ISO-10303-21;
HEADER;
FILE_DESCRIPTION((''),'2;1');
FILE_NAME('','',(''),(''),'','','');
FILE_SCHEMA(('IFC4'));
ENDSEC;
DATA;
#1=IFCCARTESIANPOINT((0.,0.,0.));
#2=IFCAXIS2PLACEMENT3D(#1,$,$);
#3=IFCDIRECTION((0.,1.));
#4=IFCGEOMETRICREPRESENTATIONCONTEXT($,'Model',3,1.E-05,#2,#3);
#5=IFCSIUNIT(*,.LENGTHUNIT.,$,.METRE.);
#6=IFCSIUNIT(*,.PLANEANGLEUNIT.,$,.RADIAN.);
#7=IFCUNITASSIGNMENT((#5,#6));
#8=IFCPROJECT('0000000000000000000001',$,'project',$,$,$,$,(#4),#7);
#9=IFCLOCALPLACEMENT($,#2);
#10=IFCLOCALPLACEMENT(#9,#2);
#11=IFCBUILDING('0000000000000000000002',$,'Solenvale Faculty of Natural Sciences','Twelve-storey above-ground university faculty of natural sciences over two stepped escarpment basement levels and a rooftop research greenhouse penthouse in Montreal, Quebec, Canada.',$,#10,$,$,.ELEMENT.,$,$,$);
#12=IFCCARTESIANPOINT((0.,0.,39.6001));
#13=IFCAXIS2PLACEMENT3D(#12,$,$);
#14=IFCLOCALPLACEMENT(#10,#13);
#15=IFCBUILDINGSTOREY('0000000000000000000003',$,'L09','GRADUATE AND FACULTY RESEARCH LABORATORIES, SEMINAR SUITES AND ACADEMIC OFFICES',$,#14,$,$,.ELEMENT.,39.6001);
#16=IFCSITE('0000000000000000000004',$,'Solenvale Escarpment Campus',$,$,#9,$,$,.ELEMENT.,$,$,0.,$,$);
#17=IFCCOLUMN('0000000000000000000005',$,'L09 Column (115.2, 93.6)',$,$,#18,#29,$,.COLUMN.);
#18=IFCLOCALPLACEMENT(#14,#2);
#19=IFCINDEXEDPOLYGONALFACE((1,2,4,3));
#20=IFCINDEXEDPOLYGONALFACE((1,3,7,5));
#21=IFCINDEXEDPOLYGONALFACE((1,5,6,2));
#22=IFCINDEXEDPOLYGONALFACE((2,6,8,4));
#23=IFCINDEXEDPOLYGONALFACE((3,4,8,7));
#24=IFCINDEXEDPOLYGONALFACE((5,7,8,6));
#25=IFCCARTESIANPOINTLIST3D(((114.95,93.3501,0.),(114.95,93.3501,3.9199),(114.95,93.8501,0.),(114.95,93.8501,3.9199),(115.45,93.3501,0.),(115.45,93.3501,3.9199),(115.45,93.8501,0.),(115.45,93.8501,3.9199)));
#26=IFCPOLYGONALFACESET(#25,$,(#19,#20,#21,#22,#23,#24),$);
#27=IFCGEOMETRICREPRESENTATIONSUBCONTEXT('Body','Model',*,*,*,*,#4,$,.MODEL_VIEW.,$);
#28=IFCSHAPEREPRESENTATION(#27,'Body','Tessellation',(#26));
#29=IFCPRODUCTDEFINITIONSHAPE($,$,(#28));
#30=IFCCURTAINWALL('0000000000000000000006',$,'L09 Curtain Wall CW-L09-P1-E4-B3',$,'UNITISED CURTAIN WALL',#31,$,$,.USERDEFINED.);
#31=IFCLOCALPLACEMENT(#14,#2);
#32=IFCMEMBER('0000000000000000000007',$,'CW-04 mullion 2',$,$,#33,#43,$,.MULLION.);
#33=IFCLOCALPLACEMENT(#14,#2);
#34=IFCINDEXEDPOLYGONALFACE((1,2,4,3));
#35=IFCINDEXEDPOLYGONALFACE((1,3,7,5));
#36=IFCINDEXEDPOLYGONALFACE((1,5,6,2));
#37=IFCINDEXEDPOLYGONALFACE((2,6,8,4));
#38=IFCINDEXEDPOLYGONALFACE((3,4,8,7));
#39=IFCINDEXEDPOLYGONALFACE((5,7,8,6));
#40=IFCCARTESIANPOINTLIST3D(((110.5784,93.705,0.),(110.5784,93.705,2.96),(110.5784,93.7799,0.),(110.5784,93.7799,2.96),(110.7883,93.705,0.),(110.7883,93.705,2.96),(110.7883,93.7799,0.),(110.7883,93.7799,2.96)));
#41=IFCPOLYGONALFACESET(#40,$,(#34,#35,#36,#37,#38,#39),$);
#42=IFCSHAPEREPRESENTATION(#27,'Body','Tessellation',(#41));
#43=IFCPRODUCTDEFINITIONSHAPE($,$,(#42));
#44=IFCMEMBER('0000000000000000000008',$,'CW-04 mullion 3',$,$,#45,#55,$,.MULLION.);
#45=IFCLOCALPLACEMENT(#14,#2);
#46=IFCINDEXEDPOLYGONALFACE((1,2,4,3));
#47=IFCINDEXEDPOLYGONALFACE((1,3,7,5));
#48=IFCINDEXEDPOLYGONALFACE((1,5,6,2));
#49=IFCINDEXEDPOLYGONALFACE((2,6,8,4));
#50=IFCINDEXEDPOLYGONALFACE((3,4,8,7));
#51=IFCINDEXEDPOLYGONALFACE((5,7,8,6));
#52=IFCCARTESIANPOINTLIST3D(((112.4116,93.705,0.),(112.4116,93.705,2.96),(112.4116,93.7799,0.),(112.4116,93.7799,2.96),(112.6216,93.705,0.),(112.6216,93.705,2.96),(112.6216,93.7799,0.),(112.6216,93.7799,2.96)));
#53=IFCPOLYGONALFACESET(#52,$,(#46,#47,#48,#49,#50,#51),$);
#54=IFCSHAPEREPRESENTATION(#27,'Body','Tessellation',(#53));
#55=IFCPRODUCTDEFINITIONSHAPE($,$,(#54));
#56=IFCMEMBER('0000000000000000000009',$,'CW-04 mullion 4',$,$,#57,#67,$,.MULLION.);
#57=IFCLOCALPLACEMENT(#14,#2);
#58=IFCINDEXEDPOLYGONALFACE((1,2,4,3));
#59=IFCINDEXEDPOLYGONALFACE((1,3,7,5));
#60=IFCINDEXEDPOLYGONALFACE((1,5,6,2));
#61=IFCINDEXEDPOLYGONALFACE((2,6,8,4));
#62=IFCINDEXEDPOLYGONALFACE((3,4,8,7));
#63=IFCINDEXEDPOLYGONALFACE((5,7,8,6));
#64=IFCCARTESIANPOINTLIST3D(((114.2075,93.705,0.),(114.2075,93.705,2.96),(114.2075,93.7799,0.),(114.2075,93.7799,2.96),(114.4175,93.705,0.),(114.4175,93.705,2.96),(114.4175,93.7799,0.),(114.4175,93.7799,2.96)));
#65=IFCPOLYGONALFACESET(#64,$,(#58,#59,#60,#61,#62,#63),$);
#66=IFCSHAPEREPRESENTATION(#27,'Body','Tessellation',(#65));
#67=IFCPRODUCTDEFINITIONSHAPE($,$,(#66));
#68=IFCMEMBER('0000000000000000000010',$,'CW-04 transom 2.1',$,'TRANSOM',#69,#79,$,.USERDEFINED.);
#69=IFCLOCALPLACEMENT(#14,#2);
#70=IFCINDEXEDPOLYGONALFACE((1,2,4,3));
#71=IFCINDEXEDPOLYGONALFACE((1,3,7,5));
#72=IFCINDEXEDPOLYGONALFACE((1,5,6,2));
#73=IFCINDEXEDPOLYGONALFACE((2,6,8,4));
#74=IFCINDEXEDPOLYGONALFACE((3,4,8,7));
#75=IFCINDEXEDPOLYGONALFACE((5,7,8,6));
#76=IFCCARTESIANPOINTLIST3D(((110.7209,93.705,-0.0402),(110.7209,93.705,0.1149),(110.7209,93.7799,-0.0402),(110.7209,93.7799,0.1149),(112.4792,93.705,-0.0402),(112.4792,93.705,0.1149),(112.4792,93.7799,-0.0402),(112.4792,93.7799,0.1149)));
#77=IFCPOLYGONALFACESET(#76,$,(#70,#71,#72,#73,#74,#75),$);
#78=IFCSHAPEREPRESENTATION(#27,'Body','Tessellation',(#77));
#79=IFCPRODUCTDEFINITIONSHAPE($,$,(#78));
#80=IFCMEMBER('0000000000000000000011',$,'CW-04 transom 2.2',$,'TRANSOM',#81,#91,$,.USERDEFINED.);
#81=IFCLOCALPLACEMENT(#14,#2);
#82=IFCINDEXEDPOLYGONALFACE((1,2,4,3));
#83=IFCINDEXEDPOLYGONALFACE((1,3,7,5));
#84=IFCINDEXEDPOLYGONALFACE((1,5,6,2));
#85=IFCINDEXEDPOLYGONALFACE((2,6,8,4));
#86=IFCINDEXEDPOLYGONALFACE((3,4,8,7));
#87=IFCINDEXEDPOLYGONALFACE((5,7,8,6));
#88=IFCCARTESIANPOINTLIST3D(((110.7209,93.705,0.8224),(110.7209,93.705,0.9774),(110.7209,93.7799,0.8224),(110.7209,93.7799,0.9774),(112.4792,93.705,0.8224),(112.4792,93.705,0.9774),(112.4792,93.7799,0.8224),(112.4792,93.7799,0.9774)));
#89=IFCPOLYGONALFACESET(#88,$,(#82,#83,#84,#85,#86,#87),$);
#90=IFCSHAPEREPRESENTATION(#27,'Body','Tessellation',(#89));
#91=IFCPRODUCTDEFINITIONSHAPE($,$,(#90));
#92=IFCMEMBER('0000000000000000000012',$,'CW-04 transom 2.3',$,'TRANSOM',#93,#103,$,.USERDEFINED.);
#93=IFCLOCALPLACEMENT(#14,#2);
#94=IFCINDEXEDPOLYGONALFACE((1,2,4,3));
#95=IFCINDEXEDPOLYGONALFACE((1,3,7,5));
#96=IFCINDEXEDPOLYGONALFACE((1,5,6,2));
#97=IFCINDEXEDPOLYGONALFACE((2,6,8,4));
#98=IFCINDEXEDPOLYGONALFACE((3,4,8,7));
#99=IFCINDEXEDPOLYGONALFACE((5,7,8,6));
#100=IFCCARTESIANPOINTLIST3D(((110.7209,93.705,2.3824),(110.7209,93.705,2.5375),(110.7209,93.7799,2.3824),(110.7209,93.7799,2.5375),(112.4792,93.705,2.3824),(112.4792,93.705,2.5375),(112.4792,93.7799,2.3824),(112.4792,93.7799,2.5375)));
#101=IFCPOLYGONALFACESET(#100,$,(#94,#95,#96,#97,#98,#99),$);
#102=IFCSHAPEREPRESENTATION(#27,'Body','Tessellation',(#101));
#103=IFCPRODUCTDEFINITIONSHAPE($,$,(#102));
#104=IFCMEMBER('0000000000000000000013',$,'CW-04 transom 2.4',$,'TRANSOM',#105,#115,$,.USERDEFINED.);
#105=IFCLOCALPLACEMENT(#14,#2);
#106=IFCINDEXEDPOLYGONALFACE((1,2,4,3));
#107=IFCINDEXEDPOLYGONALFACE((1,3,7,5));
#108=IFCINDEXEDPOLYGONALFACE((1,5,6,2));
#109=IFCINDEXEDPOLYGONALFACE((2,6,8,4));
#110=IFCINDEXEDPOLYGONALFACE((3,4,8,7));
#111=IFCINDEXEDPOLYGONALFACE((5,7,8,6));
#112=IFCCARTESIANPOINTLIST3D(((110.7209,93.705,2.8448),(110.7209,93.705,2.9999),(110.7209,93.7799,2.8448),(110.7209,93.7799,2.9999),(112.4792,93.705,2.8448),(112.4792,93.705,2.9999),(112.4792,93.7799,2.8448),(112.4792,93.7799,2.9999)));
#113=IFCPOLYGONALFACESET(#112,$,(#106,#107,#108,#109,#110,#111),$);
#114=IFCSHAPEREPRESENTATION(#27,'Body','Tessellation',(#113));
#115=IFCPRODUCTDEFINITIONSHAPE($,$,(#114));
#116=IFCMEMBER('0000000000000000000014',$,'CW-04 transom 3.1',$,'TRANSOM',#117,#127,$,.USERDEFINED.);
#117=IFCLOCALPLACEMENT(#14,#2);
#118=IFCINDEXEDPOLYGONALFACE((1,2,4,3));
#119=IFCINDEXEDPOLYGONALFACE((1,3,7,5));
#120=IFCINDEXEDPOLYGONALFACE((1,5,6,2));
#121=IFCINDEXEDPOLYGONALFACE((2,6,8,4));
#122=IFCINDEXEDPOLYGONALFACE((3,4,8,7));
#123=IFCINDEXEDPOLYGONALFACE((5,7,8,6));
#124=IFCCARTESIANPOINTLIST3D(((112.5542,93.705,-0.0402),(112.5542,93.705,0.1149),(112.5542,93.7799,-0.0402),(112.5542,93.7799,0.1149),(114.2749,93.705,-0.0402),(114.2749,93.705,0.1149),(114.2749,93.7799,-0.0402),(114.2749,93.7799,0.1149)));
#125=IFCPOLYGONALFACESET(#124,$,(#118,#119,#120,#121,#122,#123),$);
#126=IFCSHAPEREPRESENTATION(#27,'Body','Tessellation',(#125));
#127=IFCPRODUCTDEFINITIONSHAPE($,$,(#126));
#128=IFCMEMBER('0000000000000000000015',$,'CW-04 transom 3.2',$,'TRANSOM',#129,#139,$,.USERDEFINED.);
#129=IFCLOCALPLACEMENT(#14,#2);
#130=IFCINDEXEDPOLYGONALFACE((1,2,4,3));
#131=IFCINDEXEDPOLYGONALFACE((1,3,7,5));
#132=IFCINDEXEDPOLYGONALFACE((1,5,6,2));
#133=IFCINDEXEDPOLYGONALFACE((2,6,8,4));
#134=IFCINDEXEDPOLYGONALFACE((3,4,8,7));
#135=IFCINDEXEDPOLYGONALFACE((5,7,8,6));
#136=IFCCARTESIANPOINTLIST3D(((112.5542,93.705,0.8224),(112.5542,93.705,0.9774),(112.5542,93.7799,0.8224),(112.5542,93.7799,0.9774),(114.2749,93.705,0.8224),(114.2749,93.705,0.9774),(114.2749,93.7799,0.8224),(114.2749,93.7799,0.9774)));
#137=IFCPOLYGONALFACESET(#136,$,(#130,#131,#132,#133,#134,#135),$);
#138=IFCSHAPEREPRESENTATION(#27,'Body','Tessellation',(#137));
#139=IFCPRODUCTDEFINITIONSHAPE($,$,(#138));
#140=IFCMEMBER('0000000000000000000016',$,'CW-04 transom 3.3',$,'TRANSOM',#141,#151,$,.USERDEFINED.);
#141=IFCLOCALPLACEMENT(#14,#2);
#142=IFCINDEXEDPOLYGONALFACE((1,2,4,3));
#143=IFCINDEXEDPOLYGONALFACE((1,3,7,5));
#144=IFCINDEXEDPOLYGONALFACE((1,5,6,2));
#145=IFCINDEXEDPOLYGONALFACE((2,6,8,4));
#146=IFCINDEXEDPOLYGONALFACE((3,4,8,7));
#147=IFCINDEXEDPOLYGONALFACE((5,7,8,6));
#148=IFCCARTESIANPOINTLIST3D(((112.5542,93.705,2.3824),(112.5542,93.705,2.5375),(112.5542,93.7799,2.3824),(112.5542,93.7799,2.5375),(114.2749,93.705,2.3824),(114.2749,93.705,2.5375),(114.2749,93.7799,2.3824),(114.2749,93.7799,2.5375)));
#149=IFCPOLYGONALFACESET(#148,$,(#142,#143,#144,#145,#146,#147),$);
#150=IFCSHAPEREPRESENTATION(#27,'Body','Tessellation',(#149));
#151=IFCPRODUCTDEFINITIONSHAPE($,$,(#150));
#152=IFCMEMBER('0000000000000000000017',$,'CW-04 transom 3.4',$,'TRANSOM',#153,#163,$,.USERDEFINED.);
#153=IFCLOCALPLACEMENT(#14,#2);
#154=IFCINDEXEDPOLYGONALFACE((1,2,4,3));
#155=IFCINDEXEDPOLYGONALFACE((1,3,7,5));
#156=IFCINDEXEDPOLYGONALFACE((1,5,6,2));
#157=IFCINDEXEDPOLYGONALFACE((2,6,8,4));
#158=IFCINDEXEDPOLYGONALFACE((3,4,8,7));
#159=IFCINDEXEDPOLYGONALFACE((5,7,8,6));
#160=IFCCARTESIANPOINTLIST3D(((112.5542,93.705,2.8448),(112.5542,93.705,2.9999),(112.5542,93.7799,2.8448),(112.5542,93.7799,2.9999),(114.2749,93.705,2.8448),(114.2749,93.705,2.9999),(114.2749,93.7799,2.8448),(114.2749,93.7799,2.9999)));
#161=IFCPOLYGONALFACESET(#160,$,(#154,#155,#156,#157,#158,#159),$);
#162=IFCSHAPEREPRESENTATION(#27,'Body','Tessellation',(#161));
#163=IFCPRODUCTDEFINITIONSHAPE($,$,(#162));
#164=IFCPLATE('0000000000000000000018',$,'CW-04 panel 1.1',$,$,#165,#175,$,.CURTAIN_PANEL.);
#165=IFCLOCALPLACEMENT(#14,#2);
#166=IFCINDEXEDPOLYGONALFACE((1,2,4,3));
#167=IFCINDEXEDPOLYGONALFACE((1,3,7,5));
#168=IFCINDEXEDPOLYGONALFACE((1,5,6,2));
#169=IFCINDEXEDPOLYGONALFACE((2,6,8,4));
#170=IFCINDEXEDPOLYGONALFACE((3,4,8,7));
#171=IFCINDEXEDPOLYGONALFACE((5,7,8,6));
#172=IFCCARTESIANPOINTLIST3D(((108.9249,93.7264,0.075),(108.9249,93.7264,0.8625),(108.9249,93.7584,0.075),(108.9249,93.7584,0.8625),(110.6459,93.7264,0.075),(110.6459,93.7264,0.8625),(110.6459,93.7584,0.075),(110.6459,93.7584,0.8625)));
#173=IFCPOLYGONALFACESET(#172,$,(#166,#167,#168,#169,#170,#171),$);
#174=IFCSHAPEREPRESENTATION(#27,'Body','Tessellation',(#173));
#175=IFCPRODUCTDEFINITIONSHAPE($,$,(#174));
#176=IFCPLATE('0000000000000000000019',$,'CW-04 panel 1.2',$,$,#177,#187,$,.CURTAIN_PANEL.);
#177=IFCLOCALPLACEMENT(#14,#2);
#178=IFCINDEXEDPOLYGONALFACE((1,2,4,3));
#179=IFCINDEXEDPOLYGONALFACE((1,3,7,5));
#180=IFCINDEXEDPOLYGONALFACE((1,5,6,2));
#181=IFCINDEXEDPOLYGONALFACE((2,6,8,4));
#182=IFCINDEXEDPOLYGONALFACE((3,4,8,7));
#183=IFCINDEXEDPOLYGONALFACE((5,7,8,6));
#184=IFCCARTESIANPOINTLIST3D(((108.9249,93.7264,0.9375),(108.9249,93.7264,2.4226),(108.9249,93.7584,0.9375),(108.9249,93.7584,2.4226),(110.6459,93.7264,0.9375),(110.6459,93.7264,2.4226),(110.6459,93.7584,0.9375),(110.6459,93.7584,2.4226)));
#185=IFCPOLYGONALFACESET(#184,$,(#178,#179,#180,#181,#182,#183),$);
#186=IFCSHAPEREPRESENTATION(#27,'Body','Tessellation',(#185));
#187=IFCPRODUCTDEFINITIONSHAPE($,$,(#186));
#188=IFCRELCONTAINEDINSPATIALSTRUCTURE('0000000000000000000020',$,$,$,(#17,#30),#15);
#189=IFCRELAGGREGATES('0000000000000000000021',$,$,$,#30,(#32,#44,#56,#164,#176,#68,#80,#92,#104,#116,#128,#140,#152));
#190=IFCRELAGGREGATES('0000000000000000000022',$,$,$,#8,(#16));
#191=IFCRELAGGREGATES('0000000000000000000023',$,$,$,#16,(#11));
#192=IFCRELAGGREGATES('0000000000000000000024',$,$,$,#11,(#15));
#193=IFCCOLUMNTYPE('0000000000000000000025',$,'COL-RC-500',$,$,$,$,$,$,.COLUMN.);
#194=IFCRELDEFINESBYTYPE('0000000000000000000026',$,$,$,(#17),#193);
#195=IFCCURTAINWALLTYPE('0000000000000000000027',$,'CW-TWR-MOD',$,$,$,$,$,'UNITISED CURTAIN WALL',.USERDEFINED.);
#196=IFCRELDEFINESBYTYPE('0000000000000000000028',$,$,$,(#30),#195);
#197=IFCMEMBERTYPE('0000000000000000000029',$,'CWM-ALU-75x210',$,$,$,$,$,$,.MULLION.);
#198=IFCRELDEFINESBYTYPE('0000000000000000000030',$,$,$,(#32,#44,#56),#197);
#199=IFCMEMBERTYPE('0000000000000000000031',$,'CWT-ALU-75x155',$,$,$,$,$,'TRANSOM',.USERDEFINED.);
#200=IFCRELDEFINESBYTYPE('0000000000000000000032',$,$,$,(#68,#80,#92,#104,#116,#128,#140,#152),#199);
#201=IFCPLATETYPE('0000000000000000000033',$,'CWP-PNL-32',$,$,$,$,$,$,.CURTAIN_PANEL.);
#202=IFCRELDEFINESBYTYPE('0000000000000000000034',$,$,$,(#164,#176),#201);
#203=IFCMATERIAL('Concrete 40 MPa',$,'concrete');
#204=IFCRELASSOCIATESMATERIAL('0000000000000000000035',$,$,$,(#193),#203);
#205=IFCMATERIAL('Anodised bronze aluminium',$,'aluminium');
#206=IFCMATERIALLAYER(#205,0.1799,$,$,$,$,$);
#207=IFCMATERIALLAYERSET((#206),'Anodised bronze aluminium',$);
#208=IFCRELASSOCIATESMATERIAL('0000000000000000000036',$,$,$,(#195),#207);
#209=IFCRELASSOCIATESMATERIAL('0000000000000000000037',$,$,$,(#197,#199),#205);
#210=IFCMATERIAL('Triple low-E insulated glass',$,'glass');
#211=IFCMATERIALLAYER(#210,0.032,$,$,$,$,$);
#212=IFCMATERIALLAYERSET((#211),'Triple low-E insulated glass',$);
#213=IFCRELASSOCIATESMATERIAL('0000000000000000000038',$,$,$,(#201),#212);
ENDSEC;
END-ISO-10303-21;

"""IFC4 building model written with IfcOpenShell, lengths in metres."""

from ifc_helpers import new_model, si_unit, direction, frame, origin, origin_2d, place, context, subcontext, project, spatial, rectangle, extrude, material, layer, layer_set, material_profile, profile_set, type_object, element, aggregate, save


model = new_model("IFC4")

# Units and contexts
model_context = context("Model", 3, precision=1e-05, world=origin(), true_north=direction((0.0, 1.0)))
body_context = subcontext(model_context, "Body", "Model", "MODEL_VIEW")
ifc_project = project(units=[si_unit("LENGTHUNIT", "METRE"), si_unit("PLANEANGLEUNIT", "RADIAN")], contexts=[model_context])

# Site, building, storey
site_placement = place(None, origin())
site = spatial("IfcSite", under=ifc_project, at=site_placement, Name="Solenvale Escarpment Campus", CompositionType="ELEMENT", RefElevation=0.0)
building_placement = place(site_placement, origin())
building = spatial("IfcBuilding", under=site, at=building_placement, Name="Solenvale Faculty of Natural Sciences", Description="Twelve-storey above-ground university faculty of natural sciences over two stepped escarpment basement levels and a rooftop research greenhouse penthouse in Montreal, Quebec, Canada.", CompositionType="ELEMENT")
storey_placement = place(building_placement, frame((0.0, 0.0, 39.6001)))
storey = spatial("IfcBuildingStorey", under=building, at=storey_placement, Name="L09", Description="GRADUATE AND FACULTY RESEARCH LABORATORIES, SEMINAR SUITES AND ACADEMIC OFFICES", CompositionType="ELEMENT", Elevation=39.6001)

# Column
ifc_material_1 = material(Name="Concrete 40 MPa", Category="concrete")
ifc_material_profile_1 = material_profile(ifc_material_1, rectangle(XDim=0.5, YDim=0.5, at=origin_2d()), Name="RC-COL-500x500")
ifc_profile_set_1 = profile_set([ifc_material_profile_1], Name="Concrete 40 MPa")
column_type = type_object("IfcColumnType", Name="COL-RC-500", PredefinedType="COLUMN", material=ifc_profile_set_1)
column_placement = place(storey_placement, frame((115.2, 93.6001, 0.0), z_axis=(0.0, 0.0, 1.0), x_axis=(1.0, 0.0, 0.0)))
element("IfcColumn", 1, at=column_placement, inside=storey, type_object=column_type, Name="L09 Column (115.2, 93.6)", PredefinedType="COLUMN", context=body_context, shape_type="SweptSolid", body=[
    extrude(rectangle(XDim=0.5, YDim=0.5, at=origin_2d()), origin(), (0.0, 0.0, 1.0), 3.9199),
])

# Curtain wall, members, plates
ifc_material_2 = material(Name="Anodised bronze aluminium", Category="aluminium")
ifc_layer_1 = layer(ifc_material_2, 0.1799)
ifc_layer_set_1 = layer_set([ifc_layer_1], Name="Anodised bronze aluminium")
curtain_wall_type = type_object("IfcCurtainWallType", Name="CW-TWR-MOD", ElementType="UNITISED CURTAIN WALL", PredefinedType="USERDEFINED", material=ifc_layer_set_1)
curtain_wall_placement = place(storey_placement, origin())
curtain_wall = element("IfcCurtainWall", 2, at=curtain_wall_placement, inside=storey, type_object=curtain_wall_type, Name="L09 Curtain Wall CW-L09-P1-E4-B3", ObjectType="UNITISED CURTAIN WALL", PredefinedType="USERDEFINED")
ifc_material_profile_2 = material_profile(ifc_material_2, rectangle(XDim=0.075, YDim=0.21, at=origin_2d()), Name="ALU-MUL-75x210")
ifc_profile_set_2 = profile_set([ifc_material_profile_2], Name="Anodised bronze aluminium")
member_type_1 = type_object("IfcMemberType", Name="CWM-ALU-75x210", PredefinedType="MULLION", material=ifc_profile_set_2)
member_1_placement = place(storey_placement, frame((110.6833, 93.7424, 0.0), z_axis=(0.0, 0.0, 1.0), x_axis=(0.0, 1.0, 0.0)))
member_1 = element("IfcMember", 3, at=member_1_placement, type_object=member_type_1, Name="CW-04 mullion 2", PredefinedType="MULLION", context=body_context, shape_type="SweptSolid", body=[
    extrude(rectangle(XDim=0.075, YDim=0.21, at=origin_2d()), origin(), (0.0, 0.0, 1.0), 2.96),
])
member_2_placement = place(storey_placement, frame((112.5166, 93.7424, 0.0), z_axis=(0.0, 0.0, 1.0), x_axis=(0.0, 1.0, 0.0)))
member_2 = element("IfcMember", 4, at=member_2_placement, type_object=member_type_1, Name="CW-04 mullion 3", PredefinedType="MULLION", context=body_context, shape_type="SweptSolid", body=[
    extrude(rectangle(XDim=0.075, YDim=0.21, at=origin_2d()), origin(), (0.0, 0.0, 1.0), 2.96),
])
member_3_placement = place(storey_placement, frame((114.3125, 93.7424, 0.0), z_axis=(0.0, 0.0, 1.0), x_axis=(0.0, 1.0, 0.0)))
member_3 = element("IfcMember", 5, at=member_3_placement, type_object=member_type_1, Name="CW-04 mullion 4", PredefinedType="MULLION", context=body_context, shape_type="SweptSolid", body=[
    extrude(rectangle(XDim=0.075, YDim=0.21, at=origin_2d()), origin(), (0.0, 0.0, 1.0), 2.96),
])
ifc_material_profile_3 = material_profile(ifc_material_2, rectangle(XDim=0.075, YDim=0.155, at=origin_2d()), Name="ALU-TRN-75x155")
ifc_profile_set_3 = profile_set([ifc_material_profile_3], Name="Anodised bronze aluminium")
member_type_2 = type_object("IfcMemberType", Name="CWT-ALU-75x155", ElementType="TRANSOM", PredefinedType="USERDEFINED", material=ifc_profile_set_3)
member_4_placement = place(storey_placement, frame((110.7209, 93.7424, 0.0374), z_axis=(1.0, 0.0, 0.0), x_axis=(0.0, 1.0, 0.0)))
member_4 = element("IfcMember", 6, at=member_4_placement, type_object=member_type_2, Name="CW-04 transom 2.1", ObjectType="TRANSOM", PredefinedType="USERDEFINED", context=body_context, shape_type="SweptSolid", body=[
    extrude(rectangle(XDim=0.075, YDim=0.155, at=origin_2d()), origin(), (0.0, 0.0, 1.0), 1.7583),
])
member_5_placement = place(storey_placement, frame((110.7209, 93.7424, 0.8999), z_axis=(1.0, 0.0, 0.0), x_axis=(0.0, 1.0, 0.0)))
member_5 = element("IfcMember", 7, at=member_5_placement, type_object=member_type_2, Name="CW-04 transom 2.2", ObjectType="TRANSOM", PredefinedType="USERDEFINED", context=body_context, shape_type="SweptSolid", body=[
    extrude(rectangle(XDim=0.075, YDim=0.155, at=origin_2d()), origin(), (0.0, 0.0, 1.0), 1.7583),
])
member_6_placement = place(storey_placement, frame((110.7209, 93.7424, 2.46), z_axis=(1.0, 0.0, 0.0), x_axis=(0.0, 1.0, 0.0)))
member_6 = element("IfcMember", 8, at=member_6_placement, type_object=member_type_2, Name="CW-04 transom 2.3", ObjectType="TRANSOM", PredefinedType="USERDEFINED", context=body_context, shape_type="SweptSolid", body=[
    extrude(rectangle(XDim=0.075, YDim=0.155, at=origin_2d()), origin(), (0.0, 0.0, 1.0), 1.7583),
])
member_7_placement = place(storey_placement, frame((110.7209, 93.7424, 2.9224), z_axis=(1.0, 0.0, 0.0), x_axis=(0.0, 1.0, 0.0)))
member_7 = element("IfcMember", 9, at=member_7_placement, type_object=member_type_2, Name="CW-04 transom 2.4", ObjectType="TRANSOM", PredefinedType="USERDEFINED", context=body_context, shape_type="SweptSolid", body=[
    extrude(rectangle(XDim=0.075, YDim=0.155, at=origin_2d()), origin(), (0.0, 0.0, 1.0), 1.7583),
])
member_8_placement = place(storey_placement, frame((112.5542, 93.7424, 0.0374), z_axis=(1.0, 0.0, 0.0), x_axis=(0.0, 1.0, 0.0)))
member_8 = element("IfcMember", 10, at=member_8_placement, type_object=member_type_2, Name="CW-04 transom 3.1", ObjectType="TRANSOM", PredefinedType="USERDEFINED", context=body_context, shape_type="SweptSolid", body=[
    extrude(rectangle(XDim=0.075, YDim=0.155, at=origin_2d()), origin(), (0.0, 0.0, 1.0), 1.7207),
])
member_9_placement = place(storey_placement, frame((112.5542, 93.7424, 0.8999), z_axis=(1.0, 0.0, 0.0), x_axis=(0.0, 1.0, 0.0)))
member_9 = element("IfcMember", 11, at=member_9_placement, type_object=member_type_2, Name="CW-04 transom 3.2", ObjectType="TRANSOM", PredefinedType="USERDEFINED", context=body_context, shape_type="SweptSolid", body=[
    extrude(rectangle(XDim=0.075, YDim=0.155, at=origin_2d()), origin(), (0.0, 0.0, 1.0), 1.7207),
])
member_10_placement = place(storey_placement, frame((112.5542, 93.7424, 2.46), z_axis=(1.0, 0.0, 0.0), x_axis=(0.0, 1.0, 0.0)))
member_10 = element("IfcMember", 12, at=member_10_placement, type_object=member_type_2, Name="CW-04 transom 3.3", ObjectType="TRANSOM", PredefinedType="USERDEFINED", context=body_context, shape_type="SweptSolid", body=[
    extrude(rectangle(XDim=0.075, YDim=0.155, at=origin_2d()), origin(), (0.0, 0.0, 1.0), 1.7207),
])
member_11_placement = place(storey_placement, frame((112.5542, 93.7424, 2.9224), z_axis=(1.0, 0.0, 0.0), x_axis=(0.0, 1.0, 0.0)))
member_11 = element("IfcMember", 13, at=member_11_placement, type_object=member_type_2, Name="CW-04 transom 3.4", ObjectType="TRANSOM", PredefinedType="USERDEFINED", context=body_context, shape_type="SweptSolid", body=[
    extrude(rectangle(XDim=0.075, YDim=0.155, at=origin_2d()), origin(), (0.0, 0.0, 1.0), 1.7207),
])
ifc_material_3 = material(Name="Triple low-E insulated glass", Category="glass")
ifc_layer_2 = layer(ifc_material_3, 0.032)
ifc_layer_set_2 = layer_set([ifc_layer_2], Name="Triple low-E insulated glass")
plate_type = type_object("IfcPlateType", Name="CWP-PNL-32", PredefinedType="CURTAIN_PANEL", material=ifc_layer_set_2)
plate_1_placement = place(storey_placement, frame((109.7854, 93.7424, 0.075), z_axis=(0.0, 0.0, 1.0), x_axis=(1.0, 0.0, 0.0)))
plate_1 = element("IfcPlate", 14, at=plate_1_placement, type_object=plate_type, Name="CW-04 panel 1.1", PredefinedType="CURTAIN_PANEL", context=body_context, shape_type="SweptSolid", body=[
    extrude(rectangle(XDim=1.7209, YDim=0.032, at=origin_2d()), origin(), (0.0, 0.0, 1.0), 0.7876),
])
plate_2_placement = place(storey_placement, frame((109.7854, 93.7424, 0.9375), z_axis=(0.0, 0.0, 1.0), x_axis=(1.0, 0.0, 0.0)))
plate_2 = element("IfcPlate", 15, at=plate_2_placement, type_object=plate_type, Name="CW-04 panel 1.2", PredefinedType="CURTAIN_PANEL", context=body_context, shape_type="SweptSolid", body=[
    extrude(rectangle(XDim=1.7209, YDim=0.032, at=origin_2d()), origin(), (0.0, 0.0, 1.0), 1.4851),
])
aggregate(curtain_wall, [member_1, member_2, member_3, plate_1, plate_2, member_4, member_5, member_6, member_7, member_8, member_9, member_10, member_11])

save(model, "model.ifc")
